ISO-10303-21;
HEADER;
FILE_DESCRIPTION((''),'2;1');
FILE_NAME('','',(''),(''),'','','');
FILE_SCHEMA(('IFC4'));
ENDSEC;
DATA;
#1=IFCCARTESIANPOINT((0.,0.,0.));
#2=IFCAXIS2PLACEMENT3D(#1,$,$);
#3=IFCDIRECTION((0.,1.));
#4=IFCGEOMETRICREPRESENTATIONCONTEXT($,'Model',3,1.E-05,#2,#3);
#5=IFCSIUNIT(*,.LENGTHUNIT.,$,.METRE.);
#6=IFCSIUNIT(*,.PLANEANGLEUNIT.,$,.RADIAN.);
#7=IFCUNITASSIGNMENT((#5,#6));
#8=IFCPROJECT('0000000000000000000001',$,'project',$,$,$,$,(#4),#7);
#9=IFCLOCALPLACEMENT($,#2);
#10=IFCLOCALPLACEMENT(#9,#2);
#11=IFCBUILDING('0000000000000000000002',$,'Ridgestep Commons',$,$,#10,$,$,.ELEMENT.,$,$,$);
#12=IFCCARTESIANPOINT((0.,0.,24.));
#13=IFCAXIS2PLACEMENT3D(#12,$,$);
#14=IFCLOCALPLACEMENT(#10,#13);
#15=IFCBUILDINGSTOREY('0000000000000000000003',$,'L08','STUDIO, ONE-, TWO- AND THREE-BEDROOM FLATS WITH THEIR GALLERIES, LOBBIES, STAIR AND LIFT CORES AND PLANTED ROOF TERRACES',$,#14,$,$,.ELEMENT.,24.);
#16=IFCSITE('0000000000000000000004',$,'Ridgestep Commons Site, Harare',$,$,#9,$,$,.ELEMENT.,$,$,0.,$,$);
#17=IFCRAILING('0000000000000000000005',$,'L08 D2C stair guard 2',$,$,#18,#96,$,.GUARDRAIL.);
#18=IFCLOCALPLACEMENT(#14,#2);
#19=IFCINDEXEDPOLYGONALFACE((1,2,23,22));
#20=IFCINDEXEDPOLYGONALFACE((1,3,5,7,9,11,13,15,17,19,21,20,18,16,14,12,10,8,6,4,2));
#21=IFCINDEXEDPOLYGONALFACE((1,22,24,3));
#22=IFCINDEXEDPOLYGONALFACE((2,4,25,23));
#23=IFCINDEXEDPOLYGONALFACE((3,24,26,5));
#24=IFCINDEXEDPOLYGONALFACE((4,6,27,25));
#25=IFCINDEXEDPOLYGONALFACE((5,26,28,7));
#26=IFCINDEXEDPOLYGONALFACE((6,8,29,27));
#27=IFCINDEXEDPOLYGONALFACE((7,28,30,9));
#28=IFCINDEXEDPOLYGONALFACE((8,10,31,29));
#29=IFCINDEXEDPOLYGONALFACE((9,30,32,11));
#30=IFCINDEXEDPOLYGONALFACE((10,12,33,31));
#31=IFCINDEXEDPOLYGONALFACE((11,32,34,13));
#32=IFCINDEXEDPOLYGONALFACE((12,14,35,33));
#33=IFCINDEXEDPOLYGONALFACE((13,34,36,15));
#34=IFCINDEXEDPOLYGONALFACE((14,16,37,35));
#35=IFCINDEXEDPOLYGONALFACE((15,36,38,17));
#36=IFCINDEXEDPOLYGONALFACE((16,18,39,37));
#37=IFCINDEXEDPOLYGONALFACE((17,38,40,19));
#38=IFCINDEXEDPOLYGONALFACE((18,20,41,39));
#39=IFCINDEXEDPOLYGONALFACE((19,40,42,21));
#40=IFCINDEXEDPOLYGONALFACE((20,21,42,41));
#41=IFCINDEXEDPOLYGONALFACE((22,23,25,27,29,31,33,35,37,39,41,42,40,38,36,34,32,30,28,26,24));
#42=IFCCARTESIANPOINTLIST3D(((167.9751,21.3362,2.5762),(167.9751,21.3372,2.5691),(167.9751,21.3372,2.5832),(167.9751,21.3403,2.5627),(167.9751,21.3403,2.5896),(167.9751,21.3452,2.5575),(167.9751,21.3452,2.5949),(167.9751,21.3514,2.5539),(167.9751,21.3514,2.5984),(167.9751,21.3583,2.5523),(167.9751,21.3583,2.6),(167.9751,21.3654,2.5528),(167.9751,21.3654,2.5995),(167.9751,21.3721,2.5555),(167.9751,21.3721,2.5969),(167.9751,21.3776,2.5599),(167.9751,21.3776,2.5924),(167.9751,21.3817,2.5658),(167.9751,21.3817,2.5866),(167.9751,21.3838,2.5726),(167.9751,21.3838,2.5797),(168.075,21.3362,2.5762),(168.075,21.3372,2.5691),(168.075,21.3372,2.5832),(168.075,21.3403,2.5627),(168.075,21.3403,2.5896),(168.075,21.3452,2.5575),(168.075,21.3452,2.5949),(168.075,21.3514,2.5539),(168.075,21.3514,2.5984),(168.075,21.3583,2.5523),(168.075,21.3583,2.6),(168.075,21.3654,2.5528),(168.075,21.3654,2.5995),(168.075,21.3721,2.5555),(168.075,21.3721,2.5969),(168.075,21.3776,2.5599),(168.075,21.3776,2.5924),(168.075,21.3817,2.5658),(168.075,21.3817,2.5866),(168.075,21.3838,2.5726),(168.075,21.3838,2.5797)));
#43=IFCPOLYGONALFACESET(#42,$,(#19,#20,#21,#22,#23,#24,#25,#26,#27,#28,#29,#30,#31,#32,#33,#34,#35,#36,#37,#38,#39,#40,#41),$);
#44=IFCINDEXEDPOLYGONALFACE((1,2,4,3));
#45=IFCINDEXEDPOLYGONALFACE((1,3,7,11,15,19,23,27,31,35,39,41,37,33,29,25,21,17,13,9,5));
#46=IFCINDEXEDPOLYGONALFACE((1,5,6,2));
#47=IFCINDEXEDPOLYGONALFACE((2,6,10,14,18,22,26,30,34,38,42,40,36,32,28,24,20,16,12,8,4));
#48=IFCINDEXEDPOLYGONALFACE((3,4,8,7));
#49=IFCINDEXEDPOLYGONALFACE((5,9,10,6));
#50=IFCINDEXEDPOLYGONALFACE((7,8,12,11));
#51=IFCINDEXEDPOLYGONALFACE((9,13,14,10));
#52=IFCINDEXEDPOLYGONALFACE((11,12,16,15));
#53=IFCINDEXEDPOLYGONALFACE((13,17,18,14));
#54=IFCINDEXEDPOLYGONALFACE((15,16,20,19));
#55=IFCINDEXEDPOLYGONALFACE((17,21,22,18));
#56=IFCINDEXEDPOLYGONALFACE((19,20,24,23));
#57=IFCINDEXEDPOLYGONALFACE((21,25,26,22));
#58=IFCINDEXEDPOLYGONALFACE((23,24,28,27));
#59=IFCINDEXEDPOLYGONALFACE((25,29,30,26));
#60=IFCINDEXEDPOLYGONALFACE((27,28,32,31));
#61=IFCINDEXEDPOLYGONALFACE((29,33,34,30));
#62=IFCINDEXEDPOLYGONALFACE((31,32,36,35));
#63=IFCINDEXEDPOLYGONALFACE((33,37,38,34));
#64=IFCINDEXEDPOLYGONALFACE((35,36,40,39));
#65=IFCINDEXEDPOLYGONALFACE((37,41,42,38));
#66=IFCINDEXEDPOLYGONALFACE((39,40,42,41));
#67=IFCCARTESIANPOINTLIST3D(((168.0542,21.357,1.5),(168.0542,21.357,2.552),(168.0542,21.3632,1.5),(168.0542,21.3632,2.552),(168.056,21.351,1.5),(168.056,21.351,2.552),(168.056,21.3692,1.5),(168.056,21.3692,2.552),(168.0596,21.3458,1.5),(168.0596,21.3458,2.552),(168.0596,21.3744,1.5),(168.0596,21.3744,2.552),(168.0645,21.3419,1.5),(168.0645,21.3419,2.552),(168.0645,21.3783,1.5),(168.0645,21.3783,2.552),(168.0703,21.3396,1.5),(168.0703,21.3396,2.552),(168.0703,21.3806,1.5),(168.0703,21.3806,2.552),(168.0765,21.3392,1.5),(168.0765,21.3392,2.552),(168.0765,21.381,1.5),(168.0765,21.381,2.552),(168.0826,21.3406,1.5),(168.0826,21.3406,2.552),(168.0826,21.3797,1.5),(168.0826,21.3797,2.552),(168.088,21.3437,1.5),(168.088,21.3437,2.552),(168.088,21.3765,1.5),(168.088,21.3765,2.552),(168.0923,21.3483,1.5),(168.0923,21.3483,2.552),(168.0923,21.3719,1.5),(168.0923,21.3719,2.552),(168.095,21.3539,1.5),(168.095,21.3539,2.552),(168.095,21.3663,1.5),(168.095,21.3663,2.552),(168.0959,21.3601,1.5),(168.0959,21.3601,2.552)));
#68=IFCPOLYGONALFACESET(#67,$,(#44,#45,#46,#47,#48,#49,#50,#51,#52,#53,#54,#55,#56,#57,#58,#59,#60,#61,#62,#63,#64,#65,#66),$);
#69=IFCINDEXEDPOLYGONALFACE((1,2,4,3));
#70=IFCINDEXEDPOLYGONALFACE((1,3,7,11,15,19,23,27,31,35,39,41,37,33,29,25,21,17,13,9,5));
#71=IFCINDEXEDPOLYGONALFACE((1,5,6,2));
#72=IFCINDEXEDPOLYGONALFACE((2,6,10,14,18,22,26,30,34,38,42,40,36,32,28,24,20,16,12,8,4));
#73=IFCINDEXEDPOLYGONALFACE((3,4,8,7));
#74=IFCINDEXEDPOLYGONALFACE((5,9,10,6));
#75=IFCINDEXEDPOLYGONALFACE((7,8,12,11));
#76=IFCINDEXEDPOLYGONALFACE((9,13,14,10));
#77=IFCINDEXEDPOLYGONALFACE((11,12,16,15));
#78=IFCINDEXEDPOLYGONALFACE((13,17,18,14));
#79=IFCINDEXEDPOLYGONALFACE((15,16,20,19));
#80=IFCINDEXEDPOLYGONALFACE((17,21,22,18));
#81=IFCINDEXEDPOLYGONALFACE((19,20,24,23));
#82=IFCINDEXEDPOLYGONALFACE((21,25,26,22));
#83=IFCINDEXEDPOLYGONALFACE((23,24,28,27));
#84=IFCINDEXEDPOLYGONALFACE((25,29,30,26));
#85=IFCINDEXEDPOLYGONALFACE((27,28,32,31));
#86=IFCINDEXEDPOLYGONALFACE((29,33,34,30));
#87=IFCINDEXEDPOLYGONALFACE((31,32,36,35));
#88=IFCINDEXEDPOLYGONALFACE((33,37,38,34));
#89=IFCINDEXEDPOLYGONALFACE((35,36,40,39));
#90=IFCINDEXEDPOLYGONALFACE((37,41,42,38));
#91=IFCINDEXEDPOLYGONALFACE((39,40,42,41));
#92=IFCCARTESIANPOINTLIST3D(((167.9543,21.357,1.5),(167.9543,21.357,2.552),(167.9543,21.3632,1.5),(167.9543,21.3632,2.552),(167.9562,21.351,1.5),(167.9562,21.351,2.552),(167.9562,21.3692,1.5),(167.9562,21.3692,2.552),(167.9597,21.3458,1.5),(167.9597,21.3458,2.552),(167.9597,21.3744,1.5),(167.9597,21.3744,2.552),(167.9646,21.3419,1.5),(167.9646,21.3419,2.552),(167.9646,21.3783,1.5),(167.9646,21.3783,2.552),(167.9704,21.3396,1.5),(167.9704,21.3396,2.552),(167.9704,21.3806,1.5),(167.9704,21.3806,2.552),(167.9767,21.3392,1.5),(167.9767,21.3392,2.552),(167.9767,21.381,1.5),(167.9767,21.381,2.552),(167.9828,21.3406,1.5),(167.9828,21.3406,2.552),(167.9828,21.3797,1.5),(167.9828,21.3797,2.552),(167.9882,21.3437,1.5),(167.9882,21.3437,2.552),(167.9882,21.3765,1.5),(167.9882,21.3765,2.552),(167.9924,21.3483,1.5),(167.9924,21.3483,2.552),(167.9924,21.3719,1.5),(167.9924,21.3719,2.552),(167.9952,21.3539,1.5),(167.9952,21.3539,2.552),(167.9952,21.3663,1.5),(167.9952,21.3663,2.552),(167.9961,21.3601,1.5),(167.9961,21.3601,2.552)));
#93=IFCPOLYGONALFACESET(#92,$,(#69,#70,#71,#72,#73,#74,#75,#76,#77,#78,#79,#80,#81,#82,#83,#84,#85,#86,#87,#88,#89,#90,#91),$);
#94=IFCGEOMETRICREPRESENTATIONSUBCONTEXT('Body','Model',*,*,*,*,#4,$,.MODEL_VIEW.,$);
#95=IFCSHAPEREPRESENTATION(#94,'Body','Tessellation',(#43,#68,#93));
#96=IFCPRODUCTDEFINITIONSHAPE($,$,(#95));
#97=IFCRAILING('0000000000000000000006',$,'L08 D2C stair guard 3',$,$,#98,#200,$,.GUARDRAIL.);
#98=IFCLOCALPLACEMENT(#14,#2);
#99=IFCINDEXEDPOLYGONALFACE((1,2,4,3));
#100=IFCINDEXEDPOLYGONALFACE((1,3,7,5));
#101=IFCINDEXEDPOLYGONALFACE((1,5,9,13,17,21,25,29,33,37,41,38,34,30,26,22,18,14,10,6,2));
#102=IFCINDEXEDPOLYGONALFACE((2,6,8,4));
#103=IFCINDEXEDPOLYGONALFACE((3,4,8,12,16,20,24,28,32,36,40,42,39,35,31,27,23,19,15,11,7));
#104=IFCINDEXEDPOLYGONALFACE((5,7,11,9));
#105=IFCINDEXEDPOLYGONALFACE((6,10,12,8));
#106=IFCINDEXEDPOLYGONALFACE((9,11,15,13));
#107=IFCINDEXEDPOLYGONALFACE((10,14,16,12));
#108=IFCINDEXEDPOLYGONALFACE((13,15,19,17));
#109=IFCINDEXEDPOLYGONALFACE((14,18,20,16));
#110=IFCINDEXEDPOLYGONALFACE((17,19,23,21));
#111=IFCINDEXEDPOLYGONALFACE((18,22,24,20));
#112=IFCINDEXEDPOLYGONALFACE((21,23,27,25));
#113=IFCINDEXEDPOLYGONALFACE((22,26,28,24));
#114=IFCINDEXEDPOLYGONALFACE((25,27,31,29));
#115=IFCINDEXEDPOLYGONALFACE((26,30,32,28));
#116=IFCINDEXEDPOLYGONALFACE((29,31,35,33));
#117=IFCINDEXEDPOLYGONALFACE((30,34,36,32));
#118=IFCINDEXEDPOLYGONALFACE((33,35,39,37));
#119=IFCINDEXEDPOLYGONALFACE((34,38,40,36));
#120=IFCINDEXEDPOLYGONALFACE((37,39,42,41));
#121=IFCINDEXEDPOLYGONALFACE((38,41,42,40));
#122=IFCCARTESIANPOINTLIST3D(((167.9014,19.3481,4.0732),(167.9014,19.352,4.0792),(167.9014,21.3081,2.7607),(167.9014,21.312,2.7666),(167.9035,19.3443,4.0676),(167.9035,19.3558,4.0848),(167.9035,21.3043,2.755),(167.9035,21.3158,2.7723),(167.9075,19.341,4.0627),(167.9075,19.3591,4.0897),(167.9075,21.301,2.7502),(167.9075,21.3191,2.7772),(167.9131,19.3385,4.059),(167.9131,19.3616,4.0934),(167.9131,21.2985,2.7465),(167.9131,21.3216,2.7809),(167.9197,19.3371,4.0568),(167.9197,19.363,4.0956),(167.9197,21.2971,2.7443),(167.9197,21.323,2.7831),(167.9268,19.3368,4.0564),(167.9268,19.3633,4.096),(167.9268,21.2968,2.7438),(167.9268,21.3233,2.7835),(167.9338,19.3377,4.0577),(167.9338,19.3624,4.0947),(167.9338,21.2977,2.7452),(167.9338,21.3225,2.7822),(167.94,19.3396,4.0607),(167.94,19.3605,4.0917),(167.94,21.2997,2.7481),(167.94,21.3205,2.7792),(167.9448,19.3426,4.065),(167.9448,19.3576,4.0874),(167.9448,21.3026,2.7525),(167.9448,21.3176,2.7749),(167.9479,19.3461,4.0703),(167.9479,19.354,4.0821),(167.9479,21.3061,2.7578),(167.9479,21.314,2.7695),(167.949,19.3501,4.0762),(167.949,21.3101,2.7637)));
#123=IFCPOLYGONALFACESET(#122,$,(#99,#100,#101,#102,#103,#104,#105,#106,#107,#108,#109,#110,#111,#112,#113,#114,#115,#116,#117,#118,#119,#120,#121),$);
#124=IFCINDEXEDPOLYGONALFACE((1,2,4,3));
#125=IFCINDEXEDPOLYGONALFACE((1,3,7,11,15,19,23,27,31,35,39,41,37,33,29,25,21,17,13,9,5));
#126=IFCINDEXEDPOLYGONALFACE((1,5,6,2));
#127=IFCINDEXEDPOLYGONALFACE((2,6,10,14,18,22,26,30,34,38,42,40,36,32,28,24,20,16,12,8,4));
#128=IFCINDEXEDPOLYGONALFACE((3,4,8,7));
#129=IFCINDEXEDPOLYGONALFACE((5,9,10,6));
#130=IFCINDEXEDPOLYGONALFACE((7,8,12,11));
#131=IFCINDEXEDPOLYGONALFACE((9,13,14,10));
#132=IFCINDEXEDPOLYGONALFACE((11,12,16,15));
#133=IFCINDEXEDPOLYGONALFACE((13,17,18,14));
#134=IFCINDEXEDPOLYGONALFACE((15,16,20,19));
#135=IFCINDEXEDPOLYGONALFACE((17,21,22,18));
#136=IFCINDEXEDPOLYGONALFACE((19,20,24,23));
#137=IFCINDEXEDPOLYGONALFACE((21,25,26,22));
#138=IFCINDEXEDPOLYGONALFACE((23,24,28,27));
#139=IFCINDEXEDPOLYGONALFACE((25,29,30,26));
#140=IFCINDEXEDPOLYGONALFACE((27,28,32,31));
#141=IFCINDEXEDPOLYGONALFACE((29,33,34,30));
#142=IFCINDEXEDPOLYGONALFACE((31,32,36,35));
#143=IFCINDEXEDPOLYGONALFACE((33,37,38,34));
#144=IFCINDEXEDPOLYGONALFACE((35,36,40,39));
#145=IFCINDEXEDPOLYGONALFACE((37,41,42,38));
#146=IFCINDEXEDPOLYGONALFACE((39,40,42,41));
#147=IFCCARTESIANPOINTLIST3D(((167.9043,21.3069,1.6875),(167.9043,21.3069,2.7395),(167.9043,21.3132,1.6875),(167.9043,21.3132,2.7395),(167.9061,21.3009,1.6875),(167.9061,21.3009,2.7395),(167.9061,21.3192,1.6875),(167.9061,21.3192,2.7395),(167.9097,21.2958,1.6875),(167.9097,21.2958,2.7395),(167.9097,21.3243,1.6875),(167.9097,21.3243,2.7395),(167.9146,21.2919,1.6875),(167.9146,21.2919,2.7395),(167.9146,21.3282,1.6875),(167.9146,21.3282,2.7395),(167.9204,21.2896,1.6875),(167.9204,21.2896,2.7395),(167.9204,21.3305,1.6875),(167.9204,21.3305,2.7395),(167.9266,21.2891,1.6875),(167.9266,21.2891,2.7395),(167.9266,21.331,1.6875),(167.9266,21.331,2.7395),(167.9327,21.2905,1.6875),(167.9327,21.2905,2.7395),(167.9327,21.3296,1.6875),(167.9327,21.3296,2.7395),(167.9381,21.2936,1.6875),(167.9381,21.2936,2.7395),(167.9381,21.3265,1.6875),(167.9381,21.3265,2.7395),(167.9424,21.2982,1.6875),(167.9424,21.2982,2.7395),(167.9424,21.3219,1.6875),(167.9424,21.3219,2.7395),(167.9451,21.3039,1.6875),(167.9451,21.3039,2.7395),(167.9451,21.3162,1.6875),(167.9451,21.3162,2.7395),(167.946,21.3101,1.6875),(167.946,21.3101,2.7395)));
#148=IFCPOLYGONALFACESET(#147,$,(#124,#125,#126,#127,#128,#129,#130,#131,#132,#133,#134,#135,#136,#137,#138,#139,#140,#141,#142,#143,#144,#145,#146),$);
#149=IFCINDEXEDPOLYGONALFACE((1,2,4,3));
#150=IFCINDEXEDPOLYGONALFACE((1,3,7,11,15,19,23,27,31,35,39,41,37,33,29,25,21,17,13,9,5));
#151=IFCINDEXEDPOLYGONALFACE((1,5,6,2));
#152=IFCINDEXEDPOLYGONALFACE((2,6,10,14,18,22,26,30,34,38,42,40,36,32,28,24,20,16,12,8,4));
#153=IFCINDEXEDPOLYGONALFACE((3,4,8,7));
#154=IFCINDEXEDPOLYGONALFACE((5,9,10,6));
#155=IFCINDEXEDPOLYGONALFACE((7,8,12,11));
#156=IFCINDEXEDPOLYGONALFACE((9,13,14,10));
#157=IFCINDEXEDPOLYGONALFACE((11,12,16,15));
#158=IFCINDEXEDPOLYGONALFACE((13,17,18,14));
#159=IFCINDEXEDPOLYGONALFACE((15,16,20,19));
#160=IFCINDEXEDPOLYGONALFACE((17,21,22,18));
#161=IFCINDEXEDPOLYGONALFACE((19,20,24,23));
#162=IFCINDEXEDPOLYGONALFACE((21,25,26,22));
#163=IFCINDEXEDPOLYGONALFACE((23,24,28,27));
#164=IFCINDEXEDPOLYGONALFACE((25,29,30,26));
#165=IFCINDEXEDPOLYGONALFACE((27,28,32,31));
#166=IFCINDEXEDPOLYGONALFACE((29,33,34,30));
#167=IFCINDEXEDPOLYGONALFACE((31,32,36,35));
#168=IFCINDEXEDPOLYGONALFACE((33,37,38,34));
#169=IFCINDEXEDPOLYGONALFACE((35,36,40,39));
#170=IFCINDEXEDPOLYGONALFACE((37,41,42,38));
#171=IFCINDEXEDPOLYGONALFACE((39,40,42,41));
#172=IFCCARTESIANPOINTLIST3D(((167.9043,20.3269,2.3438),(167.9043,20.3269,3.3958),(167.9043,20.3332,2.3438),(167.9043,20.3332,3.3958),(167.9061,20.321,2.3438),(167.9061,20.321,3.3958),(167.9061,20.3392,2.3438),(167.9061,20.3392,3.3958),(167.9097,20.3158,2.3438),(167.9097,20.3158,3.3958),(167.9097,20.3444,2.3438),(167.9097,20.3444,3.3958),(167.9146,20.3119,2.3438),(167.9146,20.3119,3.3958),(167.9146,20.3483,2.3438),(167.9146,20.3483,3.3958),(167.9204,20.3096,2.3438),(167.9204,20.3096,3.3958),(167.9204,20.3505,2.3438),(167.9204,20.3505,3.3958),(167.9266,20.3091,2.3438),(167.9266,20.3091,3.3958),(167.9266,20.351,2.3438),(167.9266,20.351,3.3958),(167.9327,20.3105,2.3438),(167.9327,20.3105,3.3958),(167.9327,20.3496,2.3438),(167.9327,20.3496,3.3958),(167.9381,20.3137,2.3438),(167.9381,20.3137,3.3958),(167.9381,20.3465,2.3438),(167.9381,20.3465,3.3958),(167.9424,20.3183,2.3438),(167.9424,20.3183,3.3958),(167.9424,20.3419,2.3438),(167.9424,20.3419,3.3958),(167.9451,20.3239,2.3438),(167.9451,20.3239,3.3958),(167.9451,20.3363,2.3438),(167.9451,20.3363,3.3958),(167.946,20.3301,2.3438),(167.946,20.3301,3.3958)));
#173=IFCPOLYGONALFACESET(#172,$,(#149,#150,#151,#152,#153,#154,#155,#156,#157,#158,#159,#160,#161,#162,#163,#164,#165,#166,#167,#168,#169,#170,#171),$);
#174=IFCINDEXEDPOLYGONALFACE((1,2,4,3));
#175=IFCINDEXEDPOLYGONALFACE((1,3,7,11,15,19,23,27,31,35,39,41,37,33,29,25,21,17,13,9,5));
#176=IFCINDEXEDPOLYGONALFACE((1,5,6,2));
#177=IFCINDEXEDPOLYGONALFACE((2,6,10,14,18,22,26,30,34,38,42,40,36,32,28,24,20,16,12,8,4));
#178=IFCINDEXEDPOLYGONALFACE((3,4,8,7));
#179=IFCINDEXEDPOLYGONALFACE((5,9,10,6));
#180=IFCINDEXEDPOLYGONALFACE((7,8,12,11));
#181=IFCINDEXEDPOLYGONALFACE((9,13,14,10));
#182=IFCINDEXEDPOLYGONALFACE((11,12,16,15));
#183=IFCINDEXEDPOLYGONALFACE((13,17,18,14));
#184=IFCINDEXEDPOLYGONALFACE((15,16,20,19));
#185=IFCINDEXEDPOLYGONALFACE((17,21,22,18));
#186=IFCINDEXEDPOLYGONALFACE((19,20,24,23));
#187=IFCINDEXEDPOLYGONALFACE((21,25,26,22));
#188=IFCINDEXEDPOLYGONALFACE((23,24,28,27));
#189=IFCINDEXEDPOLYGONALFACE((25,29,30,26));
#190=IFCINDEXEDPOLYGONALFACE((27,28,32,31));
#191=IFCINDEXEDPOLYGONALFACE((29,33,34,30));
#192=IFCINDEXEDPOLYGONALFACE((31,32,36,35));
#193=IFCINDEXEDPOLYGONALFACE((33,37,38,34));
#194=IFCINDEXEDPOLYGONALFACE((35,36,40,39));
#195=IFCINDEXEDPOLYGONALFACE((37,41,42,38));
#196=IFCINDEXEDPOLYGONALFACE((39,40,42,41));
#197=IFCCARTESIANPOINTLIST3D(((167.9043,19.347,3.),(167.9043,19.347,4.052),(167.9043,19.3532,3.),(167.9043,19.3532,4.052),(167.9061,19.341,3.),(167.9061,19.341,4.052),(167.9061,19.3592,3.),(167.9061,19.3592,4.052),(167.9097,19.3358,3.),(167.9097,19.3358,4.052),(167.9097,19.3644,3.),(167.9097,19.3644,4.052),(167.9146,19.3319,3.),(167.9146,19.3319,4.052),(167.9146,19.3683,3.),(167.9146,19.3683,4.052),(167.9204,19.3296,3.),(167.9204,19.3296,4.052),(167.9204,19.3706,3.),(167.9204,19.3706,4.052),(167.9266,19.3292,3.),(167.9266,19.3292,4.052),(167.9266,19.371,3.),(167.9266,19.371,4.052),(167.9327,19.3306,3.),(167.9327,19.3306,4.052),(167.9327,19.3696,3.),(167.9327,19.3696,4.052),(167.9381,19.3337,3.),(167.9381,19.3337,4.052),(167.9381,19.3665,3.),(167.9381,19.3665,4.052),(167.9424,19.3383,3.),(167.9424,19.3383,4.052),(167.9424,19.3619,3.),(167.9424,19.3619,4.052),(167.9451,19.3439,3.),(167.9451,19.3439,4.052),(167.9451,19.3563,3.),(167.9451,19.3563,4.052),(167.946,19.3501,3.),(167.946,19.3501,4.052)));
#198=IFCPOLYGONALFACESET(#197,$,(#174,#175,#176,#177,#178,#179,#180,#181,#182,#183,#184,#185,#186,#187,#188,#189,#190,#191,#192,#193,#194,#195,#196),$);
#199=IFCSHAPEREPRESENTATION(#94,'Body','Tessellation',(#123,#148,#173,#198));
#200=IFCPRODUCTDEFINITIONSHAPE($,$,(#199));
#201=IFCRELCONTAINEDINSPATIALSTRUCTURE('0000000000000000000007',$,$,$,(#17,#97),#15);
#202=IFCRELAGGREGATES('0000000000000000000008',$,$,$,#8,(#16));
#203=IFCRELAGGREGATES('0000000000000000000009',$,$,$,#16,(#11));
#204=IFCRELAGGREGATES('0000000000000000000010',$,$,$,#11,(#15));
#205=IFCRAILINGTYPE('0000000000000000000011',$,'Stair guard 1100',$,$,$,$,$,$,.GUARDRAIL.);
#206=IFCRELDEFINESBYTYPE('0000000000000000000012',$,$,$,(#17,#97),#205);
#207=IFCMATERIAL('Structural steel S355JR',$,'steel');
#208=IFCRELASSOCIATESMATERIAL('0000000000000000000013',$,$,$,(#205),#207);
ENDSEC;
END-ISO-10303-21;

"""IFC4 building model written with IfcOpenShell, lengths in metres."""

from ifc_helpers import new_model, si_unit, direction, frame, origin, origin_2d, place, context, subcontext, project, spatial, circle, extrude, material, type_object, element, save


model = new_model("IFC4")

# Units and contexts
model_context = context("Model", 3, precision=1e-05, world=origin(), true_north=direction((0.0, 1.0)))
body_context = subcontext(model_context, "Body", "Model", "MODEL_VIEW")
ifc_project = project(units=[si_unit("LENGTHUNIT", "METRE"), si_unit("PLANEANGLEUNIT", "RADIAN")], contexts=[model_context])

# Site, building, storey
site_placement = place(None, origin())
site = spatial("IfcSite", under=ifc_project, at=site_placement, Name="Ridgestep Commons Site, Harare", CompositionType="ELEMENT", RefElevation=0.0)
building_placement = place(site_placement, origin())
building = spatial("IfcBuilding", under=site, at=building_placement, Name="Ridgestep Commons", CompositionType="ELEMENT")
storey_placement = place(building_placement, frame((0.0, 0.0, 24.0)))
storey = spatial("IfcBuildingStorey", under=building, at=storey_placement, Name="L08", Description="STUDIO, ONE-, TWO- AND THREE-BEDROOM FLATS WITH THEIR GALLERIES, LOBBIES, STAIR AND LIFT CORES AND PLANTED ROOF TERRACES", CompositionType="ELEMENT", Elevation=24.0)

# Railings
ifc_material_1 = material(Name="Structural steel S355JR", Category="steel")
railing_type_1 = type_object("IfcRailingType", Name="Stair guard 1100", PredefinedType="GUARDRAIL", material=ifc_material_1)
railing_1_placement = place(storey_placement, frame((168.075, 21.3601, 1.5)))
element("IfcRailing", 1, at=railing_1_placement, inside=storey, type_object=railing_type_1, Name="L08 D2C stair guard 2", PredefinedType="GUARDRAIL", context=body_context, shape_type="SweptSolid", body=[
    extrude(circle(Radius=0.0239, at=origin_2d()), frame((0.0, 0.0, 1.0762), z_axis=(-1.0, 0.0, 0.0), x_axis=(0.0, -1.0, 0.0)), (0.0, 0.0, 1.0), 0.0999),
    extrude(circle(Radius=0.021, at=origin_2d()), origin(), (0.0, 0.0, 1.0), 1.052),
    extrude(circle(Radius=0.021, at=origin_2d()), frame((-0.0999, 0.0, 0.0)), (0.0, 0.0, 1.0), 1.052),
])
railing_2_placement = place(storey_placement, frame((167.925, 21.3101, 1.6875)))
element("IfcRailing", 2, at=railing_2_placement, inside=storey, type_object=railing_type_1, Name="L08 D2C stair guard 3", PredefinedType="GUARDRAIL", context=body_context, shape_type="SweptSolid", body=[
    extrude(circle(Radius=0.0239, at=origin_2d()), frame((0.0, 0.0, 1.0762), z_axis=(0.0, -0.830902, 0.556419), x_axis=(1.0, 0.0, 0.0)), (0.0, 0.0, 1.0), 2.3589),
    extrude(circle(Radius=0.021, at=origin_2d()), origin(), (0.0, 0.0, 1.0), 1.052),
    extrude(circle(Radius=0.021, at=origin_2d()), frame((0.0, -0.98, 0.6562)), (0.0, 0.0, 1.0), 1.052),
    extrude(circle(Radius=0.021, at=origin_2d()), frame((0.0, -1.96, 1.3125)), (0.0, 0.0, 1.0), 1.052),
])

save(model, "model.ifc")
